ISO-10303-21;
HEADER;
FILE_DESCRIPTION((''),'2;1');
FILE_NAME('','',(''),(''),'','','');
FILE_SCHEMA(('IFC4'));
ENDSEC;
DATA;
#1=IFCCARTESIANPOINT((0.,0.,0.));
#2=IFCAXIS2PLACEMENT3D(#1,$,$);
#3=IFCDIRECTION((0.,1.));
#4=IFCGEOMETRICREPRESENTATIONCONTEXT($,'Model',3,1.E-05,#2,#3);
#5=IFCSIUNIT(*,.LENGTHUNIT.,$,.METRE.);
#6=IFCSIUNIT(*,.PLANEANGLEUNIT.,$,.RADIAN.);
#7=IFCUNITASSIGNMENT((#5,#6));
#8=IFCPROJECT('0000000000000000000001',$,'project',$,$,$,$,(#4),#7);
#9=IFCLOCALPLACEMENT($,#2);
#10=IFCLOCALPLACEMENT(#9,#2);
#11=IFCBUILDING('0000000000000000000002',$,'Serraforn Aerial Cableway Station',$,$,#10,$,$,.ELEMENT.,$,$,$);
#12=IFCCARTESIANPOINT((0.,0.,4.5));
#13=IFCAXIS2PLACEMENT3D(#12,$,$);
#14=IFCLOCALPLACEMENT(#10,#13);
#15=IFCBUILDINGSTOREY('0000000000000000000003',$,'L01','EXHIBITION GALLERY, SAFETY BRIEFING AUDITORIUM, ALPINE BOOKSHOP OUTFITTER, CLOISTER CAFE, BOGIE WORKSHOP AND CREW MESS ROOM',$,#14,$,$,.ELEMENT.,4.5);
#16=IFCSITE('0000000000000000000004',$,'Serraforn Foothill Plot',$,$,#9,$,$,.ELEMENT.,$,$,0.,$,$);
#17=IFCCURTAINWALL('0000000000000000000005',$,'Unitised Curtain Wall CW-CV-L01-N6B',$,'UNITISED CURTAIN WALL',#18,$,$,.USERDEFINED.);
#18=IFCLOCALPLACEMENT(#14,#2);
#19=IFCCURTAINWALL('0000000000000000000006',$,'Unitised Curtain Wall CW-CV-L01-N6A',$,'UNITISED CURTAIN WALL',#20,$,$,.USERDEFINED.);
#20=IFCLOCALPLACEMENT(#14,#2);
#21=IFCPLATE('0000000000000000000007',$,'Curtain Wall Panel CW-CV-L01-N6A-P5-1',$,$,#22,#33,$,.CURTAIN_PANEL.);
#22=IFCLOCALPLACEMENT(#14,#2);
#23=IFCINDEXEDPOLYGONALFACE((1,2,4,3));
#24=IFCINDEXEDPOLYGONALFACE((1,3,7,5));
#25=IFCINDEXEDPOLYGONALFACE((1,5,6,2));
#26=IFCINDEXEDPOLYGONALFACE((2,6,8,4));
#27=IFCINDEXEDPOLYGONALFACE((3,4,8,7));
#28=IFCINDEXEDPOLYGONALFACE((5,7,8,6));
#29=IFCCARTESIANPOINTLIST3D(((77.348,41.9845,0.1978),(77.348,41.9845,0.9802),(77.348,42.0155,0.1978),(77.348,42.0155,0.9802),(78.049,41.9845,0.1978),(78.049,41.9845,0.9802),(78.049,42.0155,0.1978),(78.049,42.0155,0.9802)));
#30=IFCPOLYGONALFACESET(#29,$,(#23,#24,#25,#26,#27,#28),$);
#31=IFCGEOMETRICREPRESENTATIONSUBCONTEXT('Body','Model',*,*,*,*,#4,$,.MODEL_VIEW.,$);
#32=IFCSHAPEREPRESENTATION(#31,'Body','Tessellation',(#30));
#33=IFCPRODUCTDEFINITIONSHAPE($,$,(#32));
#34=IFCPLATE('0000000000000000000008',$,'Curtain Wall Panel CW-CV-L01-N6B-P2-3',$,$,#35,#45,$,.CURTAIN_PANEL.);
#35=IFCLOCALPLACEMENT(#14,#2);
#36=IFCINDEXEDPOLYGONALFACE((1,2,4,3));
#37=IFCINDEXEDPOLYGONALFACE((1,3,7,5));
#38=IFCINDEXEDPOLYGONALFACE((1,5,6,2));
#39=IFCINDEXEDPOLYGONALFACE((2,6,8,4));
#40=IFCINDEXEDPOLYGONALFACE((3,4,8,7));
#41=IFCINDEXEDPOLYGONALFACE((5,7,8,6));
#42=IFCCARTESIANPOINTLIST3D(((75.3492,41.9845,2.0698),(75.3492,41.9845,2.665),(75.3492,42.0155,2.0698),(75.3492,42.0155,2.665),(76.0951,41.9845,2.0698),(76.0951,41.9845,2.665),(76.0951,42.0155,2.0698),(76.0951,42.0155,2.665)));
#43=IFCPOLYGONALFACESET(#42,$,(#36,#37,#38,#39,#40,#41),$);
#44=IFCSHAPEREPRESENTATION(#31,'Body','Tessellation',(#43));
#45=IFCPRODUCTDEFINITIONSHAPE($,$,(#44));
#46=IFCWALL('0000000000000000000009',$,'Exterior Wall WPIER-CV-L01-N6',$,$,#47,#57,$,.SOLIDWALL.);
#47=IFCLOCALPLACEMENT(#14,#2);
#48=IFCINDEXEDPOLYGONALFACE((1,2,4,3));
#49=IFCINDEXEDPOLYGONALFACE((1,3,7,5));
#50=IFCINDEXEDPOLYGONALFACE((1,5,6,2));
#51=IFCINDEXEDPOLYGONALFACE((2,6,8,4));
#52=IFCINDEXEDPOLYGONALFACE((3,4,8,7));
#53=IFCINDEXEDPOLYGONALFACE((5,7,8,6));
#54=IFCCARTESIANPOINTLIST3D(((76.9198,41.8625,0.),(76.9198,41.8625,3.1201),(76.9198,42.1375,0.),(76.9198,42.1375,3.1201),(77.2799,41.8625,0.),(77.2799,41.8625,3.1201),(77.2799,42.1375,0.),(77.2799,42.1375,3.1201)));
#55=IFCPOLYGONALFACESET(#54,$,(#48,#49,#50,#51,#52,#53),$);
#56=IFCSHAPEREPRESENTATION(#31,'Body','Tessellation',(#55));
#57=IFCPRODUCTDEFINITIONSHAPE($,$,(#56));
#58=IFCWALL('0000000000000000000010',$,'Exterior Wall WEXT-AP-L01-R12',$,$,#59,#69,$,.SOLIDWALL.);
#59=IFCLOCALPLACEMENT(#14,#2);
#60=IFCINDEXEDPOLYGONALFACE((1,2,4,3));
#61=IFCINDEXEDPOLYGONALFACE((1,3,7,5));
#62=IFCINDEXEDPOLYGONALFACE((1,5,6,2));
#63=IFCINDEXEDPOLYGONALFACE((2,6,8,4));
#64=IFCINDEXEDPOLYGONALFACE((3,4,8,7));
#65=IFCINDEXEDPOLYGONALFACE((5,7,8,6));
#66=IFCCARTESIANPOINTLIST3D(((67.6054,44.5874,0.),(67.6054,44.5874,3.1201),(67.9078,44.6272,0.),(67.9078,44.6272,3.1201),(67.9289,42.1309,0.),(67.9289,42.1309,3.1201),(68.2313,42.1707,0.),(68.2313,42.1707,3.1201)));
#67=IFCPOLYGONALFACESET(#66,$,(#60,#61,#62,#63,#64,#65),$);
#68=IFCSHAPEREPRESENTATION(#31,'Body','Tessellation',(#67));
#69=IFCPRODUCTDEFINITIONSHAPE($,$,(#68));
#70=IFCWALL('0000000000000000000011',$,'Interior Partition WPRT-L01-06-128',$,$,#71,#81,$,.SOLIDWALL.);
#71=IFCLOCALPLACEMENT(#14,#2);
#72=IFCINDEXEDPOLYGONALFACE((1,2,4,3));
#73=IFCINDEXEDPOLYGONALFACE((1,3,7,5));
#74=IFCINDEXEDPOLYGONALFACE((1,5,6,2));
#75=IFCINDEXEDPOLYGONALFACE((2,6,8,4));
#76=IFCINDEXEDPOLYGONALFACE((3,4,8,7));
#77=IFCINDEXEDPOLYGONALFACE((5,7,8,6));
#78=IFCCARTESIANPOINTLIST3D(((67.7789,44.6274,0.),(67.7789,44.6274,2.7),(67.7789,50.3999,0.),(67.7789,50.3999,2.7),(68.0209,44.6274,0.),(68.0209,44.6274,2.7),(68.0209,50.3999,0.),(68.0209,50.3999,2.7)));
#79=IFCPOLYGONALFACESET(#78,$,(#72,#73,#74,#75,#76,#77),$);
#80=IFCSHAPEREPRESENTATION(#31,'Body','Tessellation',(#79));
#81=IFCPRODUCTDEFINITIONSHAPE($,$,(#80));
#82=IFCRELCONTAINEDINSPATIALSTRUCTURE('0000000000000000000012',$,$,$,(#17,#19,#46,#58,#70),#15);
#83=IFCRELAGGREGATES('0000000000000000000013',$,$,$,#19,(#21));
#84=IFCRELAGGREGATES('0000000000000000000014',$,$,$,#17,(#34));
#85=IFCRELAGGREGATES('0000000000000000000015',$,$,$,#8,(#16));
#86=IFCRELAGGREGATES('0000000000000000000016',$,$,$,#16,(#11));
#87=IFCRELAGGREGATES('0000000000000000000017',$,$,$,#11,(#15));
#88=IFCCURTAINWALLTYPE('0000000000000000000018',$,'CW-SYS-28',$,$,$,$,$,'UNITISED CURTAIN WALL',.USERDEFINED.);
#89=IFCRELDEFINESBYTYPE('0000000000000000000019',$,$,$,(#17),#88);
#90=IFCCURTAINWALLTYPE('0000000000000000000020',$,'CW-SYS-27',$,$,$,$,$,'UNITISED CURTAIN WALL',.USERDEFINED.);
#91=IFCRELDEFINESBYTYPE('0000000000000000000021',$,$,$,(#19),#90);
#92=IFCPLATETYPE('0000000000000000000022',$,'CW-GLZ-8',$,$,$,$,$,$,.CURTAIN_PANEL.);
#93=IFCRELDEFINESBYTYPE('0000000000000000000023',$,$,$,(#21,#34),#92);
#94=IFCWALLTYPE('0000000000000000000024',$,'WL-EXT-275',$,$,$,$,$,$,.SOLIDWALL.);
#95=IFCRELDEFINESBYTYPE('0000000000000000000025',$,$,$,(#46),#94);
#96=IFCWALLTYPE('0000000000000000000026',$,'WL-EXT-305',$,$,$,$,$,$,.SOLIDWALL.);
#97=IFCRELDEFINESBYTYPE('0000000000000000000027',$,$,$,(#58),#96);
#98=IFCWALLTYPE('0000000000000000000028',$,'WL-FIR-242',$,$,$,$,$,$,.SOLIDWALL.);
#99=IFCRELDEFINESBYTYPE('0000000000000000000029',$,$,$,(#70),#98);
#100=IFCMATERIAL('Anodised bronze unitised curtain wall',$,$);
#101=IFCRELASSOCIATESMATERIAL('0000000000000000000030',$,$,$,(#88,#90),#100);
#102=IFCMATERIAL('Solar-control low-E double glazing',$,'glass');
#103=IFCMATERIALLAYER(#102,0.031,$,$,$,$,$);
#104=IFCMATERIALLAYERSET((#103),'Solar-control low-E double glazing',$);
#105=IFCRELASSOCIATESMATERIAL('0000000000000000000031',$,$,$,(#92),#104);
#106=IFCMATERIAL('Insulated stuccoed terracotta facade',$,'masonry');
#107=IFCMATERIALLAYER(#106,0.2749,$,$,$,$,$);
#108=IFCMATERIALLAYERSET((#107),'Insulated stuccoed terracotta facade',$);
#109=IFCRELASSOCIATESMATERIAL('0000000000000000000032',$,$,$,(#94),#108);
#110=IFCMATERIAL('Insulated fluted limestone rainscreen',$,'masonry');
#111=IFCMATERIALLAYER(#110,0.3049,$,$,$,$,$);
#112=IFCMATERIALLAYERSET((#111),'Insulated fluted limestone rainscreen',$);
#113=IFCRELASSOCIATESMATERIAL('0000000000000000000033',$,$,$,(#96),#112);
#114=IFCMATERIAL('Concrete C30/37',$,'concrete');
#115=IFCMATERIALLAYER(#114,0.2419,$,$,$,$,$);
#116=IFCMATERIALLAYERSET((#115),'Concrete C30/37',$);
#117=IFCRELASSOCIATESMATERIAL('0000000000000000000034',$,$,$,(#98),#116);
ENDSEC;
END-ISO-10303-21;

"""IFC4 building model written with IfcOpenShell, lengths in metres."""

from ifc_helpers import new_model, si_unit, direction, frame, frame_2d, origin, origin_2d, place, context, subcontext, project, spatial, rectangle, extrude, material, layer, layer_set, type_object, element, aggregate, save


model = new_model("IFC4")

# Units and contexts
model_context = context("Model", 3, precision=1e-05, world=origin(), true_north=direction((0.0, 1.0)))
body_context = subcontext(model_context, "Body", "Model", "MODEL_VIEW")
ifc_project = project(units=[si_unit("LENGTHUNIT", "METRE"), si_unit("PLANEANGLEUNIT", "RADIAN")], contexts=[model_context])

# Site, building, storey
site_placement = place(None, origin())
site = spatial("IfcSite", under=ifc_project, at=site_placement, Name="Serraforn Foothill Plot", CompositionType="ELEMENT", RefElevation=0.0)
building_placement = place(site_placement, origin())
building = spatial("IfcBuilding", under=site, at=building_placement, Name="Serraforn Aerial Cableway Station", CompositionType="ELEMENT")
storey_placement = place(building_placement, frame((0.0, 0.0, 4.5)))
storey = spatial("IfcBuildingStorey", under=building, at=storey_placement, Name="L01", Description="EXHIBITION GALLERY, SAFETY BRIEFING AUDITORIUM, ALPINE BOOKSHOP OUTFITTER, CLOISTER CAFE, BOGIE WORKSHOP AND CREW MESS ROOM", CompositionType="ELEMENT", Elevation=4.5)

# Curtain wall
ifc_material_1 = material(Name="Anodised bronze unitised curtain wall")
curtain_wall_type_1 = type_object("IfcCurtainWallType", Name="CW-SYS-28", ElementType="UNITISED CURTAIN WALL", PredefinedType="USERDEFINED", material=ifc_material_1)
curtain_wall_1_placement = place(storey_placement, origin())
curtain_wall_1 = element("IfcCurtainWall", 1, at=curtain_wall_1_placement, inside=storey, type_object=curtain_wall_type_1, Name="Unitised Curtain Wall CW-CV-L01-N6B", ObjectType="UNITISED CURTAIN WALL", PredefinedType="USERDEFINED")

# Curtain wall
curtain_wall_type_2 = type_object("IfcCurtainWallType", Name="CW-SYS-27", ElementType="UNITISED CURTAIN WALL", PredefinedType="USERDEFINED", material=ifc_material_1)
curtain_wall_2_placement = place(storey_placement, origin())
curtain_wall_2 = element("IfcCurtainWall", 2, at=curtain_wall_2_placement, inside=storey, type_object=curtain_wall_type_2, Name="Unitised Curtain Wall CW-CV-L01-N6A", ObjectType="UNITISED CURTAIN WALL", PredefinedType="USERDEFINED")

# Plates
ifc_material_2 = material(Name="Solar-control low-E double glazing", Category="glass")
ifc_layer_1 = layer(ifc_material_2, 0.031)
ifc_layer_set_1 = layer_set([ifc_layer_1], Name="Solar-control low-E double glazing")
plate_type_1 = type_object("IfcPlateType", Name="CW-GLZ-8", PredefinedType="CURTAIN_PANEL", material=ifc_layer_set_1)
plate_1_placement = place(storey_placement, frame((77.6985, 42.0, 0.1978), z_axis=(0.0, 0.0, 1.0), x_axis=(1.0, 0.0, 0.0)))
plate_1 = element("IfcPlate", 3, at=plate_1_placement, type_object=plate_type_1, Name="Curtain Wall Panel CW-CV-L01-N6A-P5-1", PredefinedType="CURTAIN_PANEL", context=body_context, shape_type="SweptSolid", body=[
    extrude(rectangle(XDim=0.7009, YDim=0.031, at=origin_2d()), origin(), (0.0, 0.0, 1.0), 0.7825),
])
aggregate(curtain_wall_2, [plate_1])
plate_2_placement = place(storey_placement, frame((75.7222, 42.0, 2.0698), z_axis=(0.0, 0.0, 1.0), x_axis=(1.0, 0.0, 0.0)))
plate_2 = element("IfcPlate", 4, at=plate_2_placement, type_object=plate_type_1, Name="Curtain Wall Panel CW-CV-L01-N6B-P2-3", PredefinedType="CURTAIN_PANEL", context=body_context, shape_type="SweptSolid", body=[
    extrude(rectangle(XDim=0.7458, YDim=0.031, at=origin_2d()), origin(), (0.0, 0.0, 1.0), 0.5952),
])
aggregate(curtain_wall_1, [plate_2])

# Walls
ifc_material_3 = material(Name="Insulated stuccoed terracotta facade", Category="masonry")
ifc_layer_2 = layer(ifc_material_3, 0.2749)
ifc_layer_set_2 = layer_set([ifc_layer_2], Name="Insulated stuccoed terracotta facade")
wall_type_1 = type_object("IfcWallType", Name="WL-EXT-275", PredefinedType="SOLIDWALL", material=ifc_layer_set_2)
wall_1_placement = place(storey_placement, frame((77.28, 42.0, 0.0), z_axis=(0.0, 0.0, 1.0), x_axis=(-1.0, 0.0, 0.0)))
element("IfcWall", 5, at=wall_1_placement, inside=storey, type_object=wall_type_1, Name="Exterior Wall WPIER-CV-L01-N6", PredefinedType="SOLIDWALL", context=body_context, shape_type="SweptSolid", body=[
    extrude(rectangle(XDim=0.3601, YDim=0.2749, at=frame_2d((0.1802, 0.0))), origin(), (0.0, 0.0, 1.0), 3.1201),
])
ifc_material_4 = material(Name="Insulated fluted limestone rainscreen", Category="masonry")
ifc_layer_3 = layer(ifc_material_4, 0.3049)
ifc_layer_set_3 = layer_set([ifc_layer_3], Name="Insulated fluted limestone rainscreen")
wall_type_2 = type_object("IfcWallType", Name="WL-EXT-305", PredefinedType="SOLIDWALL", material=ifc_layer_set_3)
wall_2_placement = place(storey_placement, frame((68.0801, 42.1509, 0.0), z_axis=(0.0, 0.0, 1.0), x_axis=(-0.130556, 0.991441, 0.0)))
element("IfcWall", 6, at=wall_2_placement, inside=storey, type_object=wall_type_2, Name="Exterior Wall WEXT-AP-L01-R12", PredefinedType="SOLIDWALL", context=body_context, shape_type="SweptSolid", body=[
    extrude(rectangle(XDim=2.4778, YDim=0.3049, at=frame_2d((1.2388, 0.0))), origin(), (0.0, 0.0, 1.0), 3.1201),
])
ifc_material_5 = material(Name="Concrete C30/37", Category="concrete")
ifc_layer_4 = layer(ifc_material_5, 0.2419)
ifc_layer_set_4 = layer_set([ifc_layer_4], Name="Concrete C30/37")
wall_type_3 = type_object("IfcWallType", Name="WL-FIR-242", PredefinedType="SOLIDWALL", material=ifc_layer_set_4)
wall_3_placement = place(storey_placement, frame((67.8999, 50.3999, 0.0), z_axis=(0.0, 0.0, 1.0), x_axis=(0.0, -1.0, 0.0)))
element("IfcWall", 7, at=wall_3_placement, inside=storey, type_object=wall_type_3, Name="Interior Partition WPRT-L01-06-128", PredefinedType="SOLIDWALL", context=body_context, shape_type="SweptSolid", body=[
    extrude(rectangle(XDim=5.7725, YDim=0.2419, at=frame_2d((2.8862, 0.0))), origin(), (0.0, 0.0, 1.0), 2.7),
])

save(model, "model.ifc")
